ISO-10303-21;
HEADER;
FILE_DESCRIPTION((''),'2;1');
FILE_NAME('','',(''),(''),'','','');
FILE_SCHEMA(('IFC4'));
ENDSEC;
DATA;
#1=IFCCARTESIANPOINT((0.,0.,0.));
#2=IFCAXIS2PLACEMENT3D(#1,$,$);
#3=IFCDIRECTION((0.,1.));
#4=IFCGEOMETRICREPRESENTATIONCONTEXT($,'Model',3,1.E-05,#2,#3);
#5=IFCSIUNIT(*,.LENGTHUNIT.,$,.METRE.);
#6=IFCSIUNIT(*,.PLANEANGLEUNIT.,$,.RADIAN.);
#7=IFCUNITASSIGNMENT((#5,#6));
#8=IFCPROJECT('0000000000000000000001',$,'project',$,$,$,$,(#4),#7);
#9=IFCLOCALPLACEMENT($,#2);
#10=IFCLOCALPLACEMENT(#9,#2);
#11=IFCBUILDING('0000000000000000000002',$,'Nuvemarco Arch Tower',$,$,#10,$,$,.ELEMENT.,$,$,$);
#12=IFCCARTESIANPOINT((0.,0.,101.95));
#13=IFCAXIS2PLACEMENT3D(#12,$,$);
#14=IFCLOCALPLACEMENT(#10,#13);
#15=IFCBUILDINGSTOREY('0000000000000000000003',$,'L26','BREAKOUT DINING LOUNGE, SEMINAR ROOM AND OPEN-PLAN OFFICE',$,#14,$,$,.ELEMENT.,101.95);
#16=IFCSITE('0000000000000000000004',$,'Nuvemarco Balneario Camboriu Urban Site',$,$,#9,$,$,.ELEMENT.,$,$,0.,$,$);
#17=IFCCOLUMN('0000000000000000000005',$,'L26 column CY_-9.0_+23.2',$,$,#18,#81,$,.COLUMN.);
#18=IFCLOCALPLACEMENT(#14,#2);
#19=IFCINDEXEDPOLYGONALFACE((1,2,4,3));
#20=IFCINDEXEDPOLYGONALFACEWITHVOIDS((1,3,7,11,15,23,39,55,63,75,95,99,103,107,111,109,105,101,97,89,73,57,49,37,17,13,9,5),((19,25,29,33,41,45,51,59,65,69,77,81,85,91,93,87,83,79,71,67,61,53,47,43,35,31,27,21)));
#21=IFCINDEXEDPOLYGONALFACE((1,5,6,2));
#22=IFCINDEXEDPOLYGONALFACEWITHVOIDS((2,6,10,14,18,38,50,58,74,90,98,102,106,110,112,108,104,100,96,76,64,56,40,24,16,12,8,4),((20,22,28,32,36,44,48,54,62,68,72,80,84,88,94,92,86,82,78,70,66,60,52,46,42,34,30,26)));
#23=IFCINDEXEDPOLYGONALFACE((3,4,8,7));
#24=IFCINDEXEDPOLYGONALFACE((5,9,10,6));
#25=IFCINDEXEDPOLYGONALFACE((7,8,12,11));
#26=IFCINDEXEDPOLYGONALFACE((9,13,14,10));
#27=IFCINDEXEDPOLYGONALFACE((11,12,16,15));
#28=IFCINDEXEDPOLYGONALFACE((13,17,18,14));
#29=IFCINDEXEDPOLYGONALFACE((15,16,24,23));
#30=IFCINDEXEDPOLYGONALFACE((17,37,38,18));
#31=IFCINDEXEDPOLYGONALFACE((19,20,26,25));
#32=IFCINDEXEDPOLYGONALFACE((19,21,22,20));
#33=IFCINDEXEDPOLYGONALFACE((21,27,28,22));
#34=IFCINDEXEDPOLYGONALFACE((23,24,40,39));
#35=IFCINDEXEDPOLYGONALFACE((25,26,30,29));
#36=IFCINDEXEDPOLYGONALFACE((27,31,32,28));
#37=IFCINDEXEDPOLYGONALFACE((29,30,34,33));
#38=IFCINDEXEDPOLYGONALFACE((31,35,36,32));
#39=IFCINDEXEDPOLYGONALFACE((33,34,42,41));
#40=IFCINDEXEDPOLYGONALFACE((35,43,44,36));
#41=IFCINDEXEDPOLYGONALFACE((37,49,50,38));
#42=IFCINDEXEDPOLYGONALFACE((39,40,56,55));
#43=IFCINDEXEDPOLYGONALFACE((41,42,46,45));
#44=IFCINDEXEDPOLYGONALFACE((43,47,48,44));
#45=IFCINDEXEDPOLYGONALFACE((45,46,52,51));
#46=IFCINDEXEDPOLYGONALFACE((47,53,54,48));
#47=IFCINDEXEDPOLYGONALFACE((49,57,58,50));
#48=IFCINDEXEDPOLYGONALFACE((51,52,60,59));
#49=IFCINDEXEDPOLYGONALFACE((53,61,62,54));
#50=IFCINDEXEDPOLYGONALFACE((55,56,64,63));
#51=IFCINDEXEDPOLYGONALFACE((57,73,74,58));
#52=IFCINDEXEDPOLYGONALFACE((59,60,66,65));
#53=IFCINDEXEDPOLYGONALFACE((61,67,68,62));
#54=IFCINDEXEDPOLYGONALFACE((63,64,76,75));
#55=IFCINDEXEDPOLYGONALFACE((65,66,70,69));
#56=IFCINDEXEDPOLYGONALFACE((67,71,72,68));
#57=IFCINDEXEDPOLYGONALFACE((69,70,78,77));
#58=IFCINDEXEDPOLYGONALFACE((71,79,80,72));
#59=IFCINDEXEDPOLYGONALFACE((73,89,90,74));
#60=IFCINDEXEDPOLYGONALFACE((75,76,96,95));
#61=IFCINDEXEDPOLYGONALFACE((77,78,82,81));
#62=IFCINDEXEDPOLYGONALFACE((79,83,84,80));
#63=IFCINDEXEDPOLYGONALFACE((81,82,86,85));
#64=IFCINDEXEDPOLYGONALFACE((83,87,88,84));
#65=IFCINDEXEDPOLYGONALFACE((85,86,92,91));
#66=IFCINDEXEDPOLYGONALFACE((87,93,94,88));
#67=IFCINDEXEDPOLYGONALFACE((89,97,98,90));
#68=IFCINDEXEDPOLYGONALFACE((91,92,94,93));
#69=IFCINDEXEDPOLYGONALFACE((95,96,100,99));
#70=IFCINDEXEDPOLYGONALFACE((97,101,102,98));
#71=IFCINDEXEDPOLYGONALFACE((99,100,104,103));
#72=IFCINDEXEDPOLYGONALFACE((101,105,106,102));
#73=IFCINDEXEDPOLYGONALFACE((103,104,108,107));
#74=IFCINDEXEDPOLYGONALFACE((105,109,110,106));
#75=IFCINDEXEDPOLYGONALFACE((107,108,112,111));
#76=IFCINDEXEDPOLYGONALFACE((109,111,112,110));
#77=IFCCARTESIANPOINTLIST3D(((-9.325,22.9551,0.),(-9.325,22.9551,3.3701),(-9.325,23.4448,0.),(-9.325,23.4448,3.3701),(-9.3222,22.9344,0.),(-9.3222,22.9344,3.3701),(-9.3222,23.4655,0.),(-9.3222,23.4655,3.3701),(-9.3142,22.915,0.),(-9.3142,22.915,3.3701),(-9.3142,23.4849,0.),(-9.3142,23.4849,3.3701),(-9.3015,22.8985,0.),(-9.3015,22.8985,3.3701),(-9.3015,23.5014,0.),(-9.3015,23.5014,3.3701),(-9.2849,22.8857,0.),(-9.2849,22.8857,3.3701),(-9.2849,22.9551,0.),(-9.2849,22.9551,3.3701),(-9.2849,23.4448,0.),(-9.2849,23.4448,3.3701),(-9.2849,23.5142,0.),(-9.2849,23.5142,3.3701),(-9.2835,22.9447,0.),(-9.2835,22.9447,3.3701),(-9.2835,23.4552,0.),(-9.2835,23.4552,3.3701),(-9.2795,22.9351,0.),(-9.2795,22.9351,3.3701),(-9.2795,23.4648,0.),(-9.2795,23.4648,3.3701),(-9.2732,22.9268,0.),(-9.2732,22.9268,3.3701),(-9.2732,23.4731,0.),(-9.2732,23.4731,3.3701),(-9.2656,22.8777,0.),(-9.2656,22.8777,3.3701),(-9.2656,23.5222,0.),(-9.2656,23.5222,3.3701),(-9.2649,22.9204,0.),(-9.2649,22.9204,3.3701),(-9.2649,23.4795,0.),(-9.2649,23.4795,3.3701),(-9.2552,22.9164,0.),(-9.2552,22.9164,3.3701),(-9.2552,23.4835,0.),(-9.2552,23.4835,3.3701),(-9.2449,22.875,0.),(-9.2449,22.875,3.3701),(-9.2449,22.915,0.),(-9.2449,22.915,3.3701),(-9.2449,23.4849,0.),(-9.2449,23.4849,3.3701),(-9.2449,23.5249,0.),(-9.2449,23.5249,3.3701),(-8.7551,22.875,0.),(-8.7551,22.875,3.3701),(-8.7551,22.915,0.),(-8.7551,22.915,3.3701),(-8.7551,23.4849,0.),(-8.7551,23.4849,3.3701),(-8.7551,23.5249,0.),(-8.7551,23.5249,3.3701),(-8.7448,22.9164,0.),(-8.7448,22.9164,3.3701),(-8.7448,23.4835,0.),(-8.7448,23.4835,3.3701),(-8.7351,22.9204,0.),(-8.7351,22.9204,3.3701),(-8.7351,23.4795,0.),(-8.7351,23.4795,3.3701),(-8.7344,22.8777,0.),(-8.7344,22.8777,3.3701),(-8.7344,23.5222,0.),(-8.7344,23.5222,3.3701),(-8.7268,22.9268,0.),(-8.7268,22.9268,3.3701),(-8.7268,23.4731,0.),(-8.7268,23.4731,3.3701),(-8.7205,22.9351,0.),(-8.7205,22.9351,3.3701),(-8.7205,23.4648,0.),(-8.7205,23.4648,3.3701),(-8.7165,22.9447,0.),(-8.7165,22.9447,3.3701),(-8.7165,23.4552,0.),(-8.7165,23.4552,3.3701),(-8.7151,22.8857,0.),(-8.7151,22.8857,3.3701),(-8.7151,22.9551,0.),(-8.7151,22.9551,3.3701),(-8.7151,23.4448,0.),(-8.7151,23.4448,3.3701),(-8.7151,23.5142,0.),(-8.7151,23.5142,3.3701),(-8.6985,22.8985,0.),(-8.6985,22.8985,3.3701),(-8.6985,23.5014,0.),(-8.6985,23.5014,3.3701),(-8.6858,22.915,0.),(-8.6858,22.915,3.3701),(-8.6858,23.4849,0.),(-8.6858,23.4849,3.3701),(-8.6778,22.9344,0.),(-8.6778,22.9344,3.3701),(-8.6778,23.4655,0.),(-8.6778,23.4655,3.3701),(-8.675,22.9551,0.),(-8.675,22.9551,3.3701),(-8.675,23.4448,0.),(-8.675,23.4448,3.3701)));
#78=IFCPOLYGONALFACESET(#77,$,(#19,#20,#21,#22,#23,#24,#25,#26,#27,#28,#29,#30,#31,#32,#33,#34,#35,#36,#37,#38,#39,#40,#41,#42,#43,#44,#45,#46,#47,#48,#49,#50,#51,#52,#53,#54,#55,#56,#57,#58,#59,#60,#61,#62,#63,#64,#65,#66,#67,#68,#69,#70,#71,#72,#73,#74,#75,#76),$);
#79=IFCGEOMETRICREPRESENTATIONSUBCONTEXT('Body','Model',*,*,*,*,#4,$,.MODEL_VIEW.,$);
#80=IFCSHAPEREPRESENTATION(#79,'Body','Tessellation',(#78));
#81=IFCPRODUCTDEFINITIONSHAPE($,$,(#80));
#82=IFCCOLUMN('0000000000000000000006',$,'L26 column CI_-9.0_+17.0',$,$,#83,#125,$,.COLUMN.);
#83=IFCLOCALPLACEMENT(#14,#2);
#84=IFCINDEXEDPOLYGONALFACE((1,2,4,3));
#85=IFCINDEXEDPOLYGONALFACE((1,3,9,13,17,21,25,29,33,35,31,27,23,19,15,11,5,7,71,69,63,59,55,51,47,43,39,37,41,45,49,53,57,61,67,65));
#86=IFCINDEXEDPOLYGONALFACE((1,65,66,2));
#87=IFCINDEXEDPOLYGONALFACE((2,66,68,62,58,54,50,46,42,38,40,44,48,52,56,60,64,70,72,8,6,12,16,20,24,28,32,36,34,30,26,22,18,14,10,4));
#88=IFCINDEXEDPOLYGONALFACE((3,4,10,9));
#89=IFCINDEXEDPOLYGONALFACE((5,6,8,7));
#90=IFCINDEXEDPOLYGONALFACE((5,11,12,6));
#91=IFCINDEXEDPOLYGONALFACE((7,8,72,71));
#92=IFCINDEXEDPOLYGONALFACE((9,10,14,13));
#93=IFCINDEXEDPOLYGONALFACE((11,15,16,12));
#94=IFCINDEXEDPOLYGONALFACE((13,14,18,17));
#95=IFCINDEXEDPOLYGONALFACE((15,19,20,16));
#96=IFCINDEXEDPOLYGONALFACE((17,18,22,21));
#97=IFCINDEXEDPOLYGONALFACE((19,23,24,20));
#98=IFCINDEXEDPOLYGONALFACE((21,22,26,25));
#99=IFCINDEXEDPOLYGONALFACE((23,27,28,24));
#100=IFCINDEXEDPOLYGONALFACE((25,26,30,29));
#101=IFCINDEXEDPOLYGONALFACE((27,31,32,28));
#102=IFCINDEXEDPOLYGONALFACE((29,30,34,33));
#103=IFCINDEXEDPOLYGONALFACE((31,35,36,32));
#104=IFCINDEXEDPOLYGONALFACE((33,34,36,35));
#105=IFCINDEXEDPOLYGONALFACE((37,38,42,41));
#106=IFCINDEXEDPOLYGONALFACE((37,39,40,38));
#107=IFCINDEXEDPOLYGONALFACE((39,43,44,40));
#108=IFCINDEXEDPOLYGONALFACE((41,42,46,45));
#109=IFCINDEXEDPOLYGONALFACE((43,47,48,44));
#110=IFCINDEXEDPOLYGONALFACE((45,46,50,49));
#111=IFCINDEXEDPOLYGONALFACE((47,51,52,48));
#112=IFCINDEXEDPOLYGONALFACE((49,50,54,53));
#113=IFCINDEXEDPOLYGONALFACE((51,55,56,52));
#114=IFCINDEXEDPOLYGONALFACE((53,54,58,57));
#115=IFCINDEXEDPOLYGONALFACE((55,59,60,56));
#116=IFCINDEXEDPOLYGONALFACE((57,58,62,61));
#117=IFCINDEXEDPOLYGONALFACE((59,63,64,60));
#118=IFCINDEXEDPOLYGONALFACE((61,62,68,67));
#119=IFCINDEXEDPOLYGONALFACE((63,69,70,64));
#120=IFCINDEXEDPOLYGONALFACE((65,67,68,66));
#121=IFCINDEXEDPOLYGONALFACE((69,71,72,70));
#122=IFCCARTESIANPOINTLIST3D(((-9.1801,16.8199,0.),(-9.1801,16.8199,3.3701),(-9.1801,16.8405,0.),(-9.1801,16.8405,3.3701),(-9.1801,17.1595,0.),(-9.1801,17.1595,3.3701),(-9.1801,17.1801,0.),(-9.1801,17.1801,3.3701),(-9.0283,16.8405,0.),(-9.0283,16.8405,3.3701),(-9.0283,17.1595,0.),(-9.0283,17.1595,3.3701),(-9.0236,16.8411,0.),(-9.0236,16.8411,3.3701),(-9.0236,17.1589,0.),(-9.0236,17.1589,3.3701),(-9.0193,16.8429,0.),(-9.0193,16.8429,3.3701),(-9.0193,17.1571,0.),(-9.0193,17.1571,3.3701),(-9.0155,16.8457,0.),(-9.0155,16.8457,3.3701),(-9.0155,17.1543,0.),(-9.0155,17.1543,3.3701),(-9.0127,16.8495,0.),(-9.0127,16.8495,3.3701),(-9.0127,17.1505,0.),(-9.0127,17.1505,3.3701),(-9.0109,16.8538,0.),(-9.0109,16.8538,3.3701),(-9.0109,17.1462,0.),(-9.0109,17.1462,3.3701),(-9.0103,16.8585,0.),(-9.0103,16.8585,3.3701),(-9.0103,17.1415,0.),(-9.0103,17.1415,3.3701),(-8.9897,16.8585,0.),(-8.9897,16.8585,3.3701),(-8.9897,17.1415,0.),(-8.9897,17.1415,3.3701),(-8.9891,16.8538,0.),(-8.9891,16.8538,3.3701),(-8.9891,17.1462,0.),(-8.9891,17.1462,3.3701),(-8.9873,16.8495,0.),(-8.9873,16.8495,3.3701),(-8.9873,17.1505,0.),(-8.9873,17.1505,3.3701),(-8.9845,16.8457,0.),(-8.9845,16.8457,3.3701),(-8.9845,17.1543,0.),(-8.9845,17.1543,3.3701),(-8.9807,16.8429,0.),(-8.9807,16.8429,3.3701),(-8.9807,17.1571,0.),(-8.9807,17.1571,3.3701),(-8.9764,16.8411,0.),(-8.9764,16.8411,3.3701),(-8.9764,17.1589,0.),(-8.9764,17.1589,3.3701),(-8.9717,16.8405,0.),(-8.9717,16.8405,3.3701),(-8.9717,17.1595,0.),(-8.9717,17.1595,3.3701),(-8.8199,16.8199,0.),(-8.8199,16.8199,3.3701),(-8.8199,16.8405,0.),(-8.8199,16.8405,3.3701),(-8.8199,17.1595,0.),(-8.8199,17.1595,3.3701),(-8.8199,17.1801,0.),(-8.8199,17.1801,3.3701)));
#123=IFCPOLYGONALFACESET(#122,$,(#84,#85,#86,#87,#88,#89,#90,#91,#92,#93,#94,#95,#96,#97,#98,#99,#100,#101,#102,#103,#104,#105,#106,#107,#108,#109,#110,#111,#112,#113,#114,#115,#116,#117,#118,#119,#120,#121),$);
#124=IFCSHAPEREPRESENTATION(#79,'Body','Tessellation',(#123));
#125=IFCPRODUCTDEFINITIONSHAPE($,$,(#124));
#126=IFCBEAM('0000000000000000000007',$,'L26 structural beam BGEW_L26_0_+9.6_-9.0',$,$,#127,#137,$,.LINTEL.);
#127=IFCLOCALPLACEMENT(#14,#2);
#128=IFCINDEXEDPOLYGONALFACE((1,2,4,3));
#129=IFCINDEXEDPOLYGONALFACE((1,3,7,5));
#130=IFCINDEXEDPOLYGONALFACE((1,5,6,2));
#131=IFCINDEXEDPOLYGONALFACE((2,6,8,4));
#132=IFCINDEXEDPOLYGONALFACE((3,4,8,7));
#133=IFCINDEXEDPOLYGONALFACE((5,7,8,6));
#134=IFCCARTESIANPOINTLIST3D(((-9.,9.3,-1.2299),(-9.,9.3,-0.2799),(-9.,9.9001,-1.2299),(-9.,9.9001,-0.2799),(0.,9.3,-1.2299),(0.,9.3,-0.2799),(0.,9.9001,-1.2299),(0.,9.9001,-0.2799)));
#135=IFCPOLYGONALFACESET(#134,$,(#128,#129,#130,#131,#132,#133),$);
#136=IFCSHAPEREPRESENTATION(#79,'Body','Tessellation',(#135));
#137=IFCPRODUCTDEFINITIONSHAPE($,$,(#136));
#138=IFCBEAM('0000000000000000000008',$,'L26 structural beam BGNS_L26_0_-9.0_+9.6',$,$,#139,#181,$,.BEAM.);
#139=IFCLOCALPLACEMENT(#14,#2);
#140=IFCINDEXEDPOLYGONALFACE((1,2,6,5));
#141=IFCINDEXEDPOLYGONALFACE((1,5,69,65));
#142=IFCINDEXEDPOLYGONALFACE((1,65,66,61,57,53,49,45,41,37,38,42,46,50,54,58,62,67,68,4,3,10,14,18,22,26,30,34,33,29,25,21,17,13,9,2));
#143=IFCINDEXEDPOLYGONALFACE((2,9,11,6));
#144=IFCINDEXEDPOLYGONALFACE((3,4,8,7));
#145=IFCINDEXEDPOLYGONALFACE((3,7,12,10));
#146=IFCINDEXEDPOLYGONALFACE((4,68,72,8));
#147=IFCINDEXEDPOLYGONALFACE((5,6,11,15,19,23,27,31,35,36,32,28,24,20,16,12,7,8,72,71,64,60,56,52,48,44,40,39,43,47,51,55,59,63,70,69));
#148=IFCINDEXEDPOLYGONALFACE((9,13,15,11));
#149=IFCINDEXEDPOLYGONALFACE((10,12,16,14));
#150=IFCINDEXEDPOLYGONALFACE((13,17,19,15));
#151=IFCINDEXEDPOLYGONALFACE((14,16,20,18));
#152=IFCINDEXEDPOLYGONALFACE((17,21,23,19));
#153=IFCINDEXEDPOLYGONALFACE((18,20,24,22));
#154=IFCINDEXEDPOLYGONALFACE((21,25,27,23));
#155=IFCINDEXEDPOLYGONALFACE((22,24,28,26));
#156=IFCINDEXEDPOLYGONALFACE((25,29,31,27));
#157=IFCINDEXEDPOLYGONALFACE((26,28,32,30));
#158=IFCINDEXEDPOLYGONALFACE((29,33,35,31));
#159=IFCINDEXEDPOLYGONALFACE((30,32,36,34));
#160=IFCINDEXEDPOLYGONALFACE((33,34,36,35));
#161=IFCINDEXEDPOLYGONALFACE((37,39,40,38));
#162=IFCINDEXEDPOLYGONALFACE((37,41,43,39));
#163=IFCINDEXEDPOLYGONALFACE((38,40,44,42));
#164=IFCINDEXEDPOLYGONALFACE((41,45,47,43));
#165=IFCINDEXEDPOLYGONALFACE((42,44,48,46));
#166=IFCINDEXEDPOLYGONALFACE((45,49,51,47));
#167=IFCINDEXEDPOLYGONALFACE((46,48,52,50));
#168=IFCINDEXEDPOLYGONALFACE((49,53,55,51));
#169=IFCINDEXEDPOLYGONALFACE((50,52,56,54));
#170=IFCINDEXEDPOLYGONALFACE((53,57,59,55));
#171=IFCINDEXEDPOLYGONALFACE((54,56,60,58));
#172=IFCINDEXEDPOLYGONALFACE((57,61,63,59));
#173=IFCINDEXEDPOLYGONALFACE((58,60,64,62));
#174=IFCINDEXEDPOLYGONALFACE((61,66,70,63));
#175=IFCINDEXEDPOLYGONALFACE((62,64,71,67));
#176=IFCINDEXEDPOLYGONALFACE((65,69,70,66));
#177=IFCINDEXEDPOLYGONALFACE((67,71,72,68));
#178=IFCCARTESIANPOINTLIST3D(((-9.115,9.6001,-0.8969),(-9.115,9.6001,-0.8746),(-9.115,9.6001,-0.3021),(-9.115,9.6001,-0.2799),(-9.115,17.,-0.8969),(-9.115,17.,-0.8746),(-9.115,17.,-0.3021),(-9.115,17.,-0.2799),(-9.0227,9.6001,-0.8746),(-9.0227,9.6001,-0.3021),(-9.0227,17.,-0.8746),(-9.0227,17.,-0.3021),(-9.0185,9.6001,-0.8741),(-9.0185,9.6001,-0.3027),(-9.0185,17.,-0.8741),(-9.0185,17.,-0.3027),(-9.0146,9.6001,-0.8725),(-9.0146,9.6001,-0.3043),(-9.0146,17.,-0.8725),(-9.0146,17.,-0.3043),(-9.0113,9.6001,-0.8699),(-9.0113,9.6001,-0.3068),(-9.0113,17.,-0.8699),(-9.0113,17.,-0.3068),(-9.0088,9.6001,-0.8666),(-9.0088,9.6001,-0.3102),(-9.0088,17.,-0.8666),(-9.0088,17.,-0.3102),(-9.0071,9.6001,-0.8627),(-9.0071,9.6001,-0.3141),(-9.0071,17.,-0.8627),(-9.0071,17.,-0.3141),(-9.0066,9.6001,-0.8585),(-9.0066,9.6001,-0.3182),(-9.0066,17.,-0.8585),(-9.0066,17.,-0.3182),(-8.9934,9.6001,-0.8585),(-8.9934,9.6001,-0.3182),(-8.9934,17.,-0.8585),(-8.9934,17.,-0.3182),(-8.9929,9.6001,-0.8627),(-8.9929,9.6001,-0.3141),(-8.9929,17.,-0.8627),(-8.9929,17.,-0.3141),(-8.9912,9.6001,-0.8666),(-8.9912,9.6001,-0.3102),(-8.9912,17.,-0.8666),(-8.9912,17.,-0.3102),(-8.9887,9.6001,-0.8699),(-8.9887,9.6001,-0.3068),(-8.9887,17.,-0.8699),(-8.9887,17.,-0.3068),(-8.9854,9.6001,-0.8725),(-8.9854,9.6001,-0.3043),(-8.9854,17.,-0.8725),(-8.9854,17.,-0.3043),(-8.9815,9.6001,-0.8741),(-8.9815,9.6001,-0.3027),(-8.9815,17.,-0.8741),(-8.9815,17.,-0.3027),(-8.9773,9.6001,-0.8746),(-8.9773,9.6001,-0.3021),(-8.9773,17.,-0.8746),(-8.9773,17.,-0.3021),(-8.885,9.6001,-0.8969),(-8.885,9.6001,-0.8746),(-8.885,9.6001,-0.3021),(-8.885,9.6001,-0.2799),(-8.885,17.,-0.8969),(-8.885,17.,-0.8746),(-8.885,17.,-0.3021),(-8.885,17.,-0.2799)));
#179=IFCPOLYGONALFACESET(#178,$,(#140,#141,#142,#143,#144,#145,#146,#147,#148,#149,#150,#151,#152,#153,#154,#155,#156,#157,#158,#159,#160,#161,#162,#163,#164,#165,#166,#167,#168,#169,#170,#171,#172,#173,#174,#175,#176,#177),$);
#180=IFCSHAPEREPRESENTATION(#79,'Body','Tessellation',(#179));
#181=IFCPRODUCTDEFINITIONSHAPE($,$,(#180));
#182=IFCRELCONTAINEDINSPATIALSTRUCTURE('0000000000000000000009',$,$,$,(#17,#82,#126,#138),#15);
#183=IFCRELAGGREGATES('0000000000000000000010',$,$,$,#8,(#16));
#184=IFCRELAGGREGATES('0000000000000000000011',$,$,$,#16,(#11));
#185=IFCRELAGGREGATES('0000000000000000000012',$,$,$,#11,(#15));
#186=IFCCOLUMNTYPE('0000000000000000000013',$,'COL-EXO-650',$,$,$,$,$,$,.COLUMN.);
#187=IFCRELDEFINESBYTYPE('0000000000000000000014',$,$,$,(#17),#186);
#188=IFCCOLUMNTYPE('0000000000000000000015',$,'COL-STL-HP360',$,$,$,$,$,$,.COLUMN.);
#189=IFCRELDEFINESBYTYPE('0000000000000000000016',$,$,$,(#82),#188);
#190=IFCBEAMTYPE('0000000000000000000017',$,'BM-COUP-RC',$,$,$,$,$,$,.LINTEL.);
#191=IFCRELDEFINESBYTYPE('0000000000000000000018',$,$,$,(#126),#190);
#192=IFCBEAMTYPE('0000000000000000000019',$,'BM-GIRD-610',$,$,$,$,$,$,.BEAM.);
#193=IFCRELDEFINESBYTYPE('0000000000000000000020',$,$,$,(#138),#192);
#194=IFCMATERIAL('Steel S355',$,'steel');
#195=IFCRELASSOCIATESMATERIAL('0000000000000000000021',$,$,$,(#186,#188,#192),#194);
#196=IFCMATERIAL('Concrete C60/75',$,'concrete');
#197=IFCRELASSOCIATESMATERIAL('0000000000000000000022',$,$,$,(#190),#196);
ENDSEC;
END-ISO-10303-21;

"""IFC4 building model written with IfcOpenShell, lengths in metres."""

from ifc_helpers import new_model, si_unit, direction, frame, origin, origin_2d, place, context, subcontext, project, spatial, rectangle, hollow_rectangle, i_section, extrude, material, material_profile, profile_set, type_object, element, save


model = new_model("IFC4")

# Units and contexts
model_context = context("Model", 3, precision=1e-05, world=origin(), true_north=direction((0.0, 1.0)))
body_context = subcontext(model_context, "Body", "Model", "MODEL_VIEW")
ifc_project = project(units=[si_unit("LENGTHUNIT", "METRE"), si_unit("PLANEANGLEUNIT", "RADIAN")], contexts=[model_context])

# Site, building, storey
site_placement = place(None, origin())
site = spatial("IfcSite", under=ifc_project, at=site_placement, Name="Nuvemarco Balneario Camboriu Urban Site", CompositionType="ELEMENT", RefElevation=0.0)
building_placement = place(site_placement, origin())
building = spatial("IfcBuilding", under=site, at=building_placement, Name="Nuvemarco Arch Tower", CompositionType="ELEMENT")
storey_placement = place(building_placement, frame((0.0, 0.0, 101.95)))
storey = spatial("IfcBuildingStorey", under=building, at=storey_placement, Name="L26", Description="BREAKOUT DINING LOUNGE, SEMINAR ROOM AND OPEN-PLAN OFFICE", CompositionType="ELEMENT", Elevation=101.95)

# Columns
ifc_material_1 = material(Name="Steel S355", Category="steel")
ifc_material_profile_1 = material_profile(ifc_material_1, hollow_rectangle(XDim=0.6499, YDim=0.6499, WallThickness=0.04, InnerFilletRadius=0.04, OuterFilletRadius=0.0801, at=origin_2d()), Name="SHS650x650x40")
ifc_profile_set_1 = profile_set([ifc_material_profile_1], Name="Steel S355")
column_type_1 = type_object("IfcColumnType", Name="COL-EXO-650", PredefinedType="COLUMN", material=ifc_profile_set_1)
column_1_placement = place(storey_placement, frame((-9.0, 23.2, 0.0), z_axis=(0.0, 0.0, 1.0), x_axis=(1.0, 0.0, 0.0)))
element("IfcColumn", 1, at=column_1_placement, inside=storey, type_object=column_type_1, Name="L26 column CY_-9.0_+23.2", PredefinedType="COLUMN", context=body_context, shape_type="SweptSolid", body=[
    extrude(hollow_rectangle(XDim=0.6499, YDim=0.6499, WallThickness=0.04, InnerFilletRadius=0.04, OuterFilletRadius=0.0801, at=origin_2d()), origin(), (0.0, 0.0, 1.0), 3.3701),
])
ifc_material_profile_2 = material_profile(ifc_material_1, i_section(OverallWidth=0.3601, OverallDepth=0.3601, WebThickness=0.0205, FlangeThickness=0.0205, FilletRadius=0.0181, at=origin_2d()), Name="HP360x174")
ifc_profile_set_2 = profile_set([ifc_material_profile_2], Name="Steel S355")
column_type_2 = type_object("IfcColumnType", Name="COL-STL-HP360", PredefinedType="COLUMN", material=ifc_profile_set_2)
column_2_placement = place(storey_placement, frame((-9.0, 17.0, 0.0), z_axis=(0.0, 0.0, 1.0), x_axis=(1.0, 0.0, 0.0)))
element("IfcColumn", 2, at=column_2_placement, inside=storey, type_object=column_type_2, Name="L26 column CI_-9.0_+17.0", PredefinedType="COLUMN", context=body_context, shape_type="SweptSolid", body=[
    extrude(i_section(OverallWidth=0.3601, OverallDepth=0.3601, WebThickness=0.0205, FlangeThickness=0.0205, FilletRadius=0.0181, at=origin_2d()), origin(), (0.0, 0.0, 1.0), 3.3701),
])

# Beams
ifc_material_2 = material(Name="Concrete C60/75", Category="concrete")
ifc_material_profile_3 = material_profile(ifc_material_2, rectangle(XDim=0.6001, YDim=0.95, at=origin_2d()), Name="RC-BM-600x950")
ifc_profile_set_3 = profile_set([ifc_material_profile_3], Name="Concrete C60/75")
beam_type_1 = type_object("IfcBeamType", Name="BM-COUP-RC", PredefinedType="LINTEL", material=ifc_profile_set_3)
beam_1_placement = place(storey_placement, frame((-9.0, 9.6001, -0.7549), z_axis=(1.0, 0.0, 0.0), x_axis=(0.0, 1.0, 0.0)))
element("IfcBeam", 3, at=beam_1_placement, inside=storey, type_object=beam_type_1, Name="L26 structural beam BGEW_L26_0_+9.6_-9.0", PredefinedType="LINTEL", context=body_context, shape_type="SweptSolid", body=[
    extrude(rectangle(XDim=0.6001, YDim=0.95, at=origin_2d()), origin(), (0.0, 0.0, 1.0), 9.0),
])
ifc_material_profile_4 = material_profile(ifc_material_1, i_section(OverallWidth=0.23, OverallDepth=0.6169, WebThickness=0.0132, FlangeThickness=0.0222, FilletRadius=0.0161, at=origin_2d()), Name="W610x140")
ifc_profile_set_4 = profile_set([ifc_material_profile_4], Name="Steel S355")
beam_type_2 = type_object("IfcBeamType", Name="BM-GIRD-610", PredefinedType="BEAM", material=ifc_profile_set_4)
beam_2_placement = place(storey_placement, frame((-9.0, 9.6001, -0.5884), z_axis=(0.0, 1.0, 0.0), x_axis=(-1.0, 0.0, 0.0)))
element("IfcBeam", 4, at=beam_2_placement, inside=storey, type_object=beam_type_2, Name="L26 structural beam BGNS_L26_0_-9.0_+9.6", PredefinedType="BEAM", context=body_context, shape_type="SweptSolid", body=[
    extrude(i_section(OverallWidth=0.23, OverallDepth=0.6169, WebThickness=0.0132, FlangeThickness=0.0222, FilletRadius=0.0161, at=origin_2d()), origin(), (0.0, 0.0, 1.0), 7.3999),
])

save(model, "model.ifc")
